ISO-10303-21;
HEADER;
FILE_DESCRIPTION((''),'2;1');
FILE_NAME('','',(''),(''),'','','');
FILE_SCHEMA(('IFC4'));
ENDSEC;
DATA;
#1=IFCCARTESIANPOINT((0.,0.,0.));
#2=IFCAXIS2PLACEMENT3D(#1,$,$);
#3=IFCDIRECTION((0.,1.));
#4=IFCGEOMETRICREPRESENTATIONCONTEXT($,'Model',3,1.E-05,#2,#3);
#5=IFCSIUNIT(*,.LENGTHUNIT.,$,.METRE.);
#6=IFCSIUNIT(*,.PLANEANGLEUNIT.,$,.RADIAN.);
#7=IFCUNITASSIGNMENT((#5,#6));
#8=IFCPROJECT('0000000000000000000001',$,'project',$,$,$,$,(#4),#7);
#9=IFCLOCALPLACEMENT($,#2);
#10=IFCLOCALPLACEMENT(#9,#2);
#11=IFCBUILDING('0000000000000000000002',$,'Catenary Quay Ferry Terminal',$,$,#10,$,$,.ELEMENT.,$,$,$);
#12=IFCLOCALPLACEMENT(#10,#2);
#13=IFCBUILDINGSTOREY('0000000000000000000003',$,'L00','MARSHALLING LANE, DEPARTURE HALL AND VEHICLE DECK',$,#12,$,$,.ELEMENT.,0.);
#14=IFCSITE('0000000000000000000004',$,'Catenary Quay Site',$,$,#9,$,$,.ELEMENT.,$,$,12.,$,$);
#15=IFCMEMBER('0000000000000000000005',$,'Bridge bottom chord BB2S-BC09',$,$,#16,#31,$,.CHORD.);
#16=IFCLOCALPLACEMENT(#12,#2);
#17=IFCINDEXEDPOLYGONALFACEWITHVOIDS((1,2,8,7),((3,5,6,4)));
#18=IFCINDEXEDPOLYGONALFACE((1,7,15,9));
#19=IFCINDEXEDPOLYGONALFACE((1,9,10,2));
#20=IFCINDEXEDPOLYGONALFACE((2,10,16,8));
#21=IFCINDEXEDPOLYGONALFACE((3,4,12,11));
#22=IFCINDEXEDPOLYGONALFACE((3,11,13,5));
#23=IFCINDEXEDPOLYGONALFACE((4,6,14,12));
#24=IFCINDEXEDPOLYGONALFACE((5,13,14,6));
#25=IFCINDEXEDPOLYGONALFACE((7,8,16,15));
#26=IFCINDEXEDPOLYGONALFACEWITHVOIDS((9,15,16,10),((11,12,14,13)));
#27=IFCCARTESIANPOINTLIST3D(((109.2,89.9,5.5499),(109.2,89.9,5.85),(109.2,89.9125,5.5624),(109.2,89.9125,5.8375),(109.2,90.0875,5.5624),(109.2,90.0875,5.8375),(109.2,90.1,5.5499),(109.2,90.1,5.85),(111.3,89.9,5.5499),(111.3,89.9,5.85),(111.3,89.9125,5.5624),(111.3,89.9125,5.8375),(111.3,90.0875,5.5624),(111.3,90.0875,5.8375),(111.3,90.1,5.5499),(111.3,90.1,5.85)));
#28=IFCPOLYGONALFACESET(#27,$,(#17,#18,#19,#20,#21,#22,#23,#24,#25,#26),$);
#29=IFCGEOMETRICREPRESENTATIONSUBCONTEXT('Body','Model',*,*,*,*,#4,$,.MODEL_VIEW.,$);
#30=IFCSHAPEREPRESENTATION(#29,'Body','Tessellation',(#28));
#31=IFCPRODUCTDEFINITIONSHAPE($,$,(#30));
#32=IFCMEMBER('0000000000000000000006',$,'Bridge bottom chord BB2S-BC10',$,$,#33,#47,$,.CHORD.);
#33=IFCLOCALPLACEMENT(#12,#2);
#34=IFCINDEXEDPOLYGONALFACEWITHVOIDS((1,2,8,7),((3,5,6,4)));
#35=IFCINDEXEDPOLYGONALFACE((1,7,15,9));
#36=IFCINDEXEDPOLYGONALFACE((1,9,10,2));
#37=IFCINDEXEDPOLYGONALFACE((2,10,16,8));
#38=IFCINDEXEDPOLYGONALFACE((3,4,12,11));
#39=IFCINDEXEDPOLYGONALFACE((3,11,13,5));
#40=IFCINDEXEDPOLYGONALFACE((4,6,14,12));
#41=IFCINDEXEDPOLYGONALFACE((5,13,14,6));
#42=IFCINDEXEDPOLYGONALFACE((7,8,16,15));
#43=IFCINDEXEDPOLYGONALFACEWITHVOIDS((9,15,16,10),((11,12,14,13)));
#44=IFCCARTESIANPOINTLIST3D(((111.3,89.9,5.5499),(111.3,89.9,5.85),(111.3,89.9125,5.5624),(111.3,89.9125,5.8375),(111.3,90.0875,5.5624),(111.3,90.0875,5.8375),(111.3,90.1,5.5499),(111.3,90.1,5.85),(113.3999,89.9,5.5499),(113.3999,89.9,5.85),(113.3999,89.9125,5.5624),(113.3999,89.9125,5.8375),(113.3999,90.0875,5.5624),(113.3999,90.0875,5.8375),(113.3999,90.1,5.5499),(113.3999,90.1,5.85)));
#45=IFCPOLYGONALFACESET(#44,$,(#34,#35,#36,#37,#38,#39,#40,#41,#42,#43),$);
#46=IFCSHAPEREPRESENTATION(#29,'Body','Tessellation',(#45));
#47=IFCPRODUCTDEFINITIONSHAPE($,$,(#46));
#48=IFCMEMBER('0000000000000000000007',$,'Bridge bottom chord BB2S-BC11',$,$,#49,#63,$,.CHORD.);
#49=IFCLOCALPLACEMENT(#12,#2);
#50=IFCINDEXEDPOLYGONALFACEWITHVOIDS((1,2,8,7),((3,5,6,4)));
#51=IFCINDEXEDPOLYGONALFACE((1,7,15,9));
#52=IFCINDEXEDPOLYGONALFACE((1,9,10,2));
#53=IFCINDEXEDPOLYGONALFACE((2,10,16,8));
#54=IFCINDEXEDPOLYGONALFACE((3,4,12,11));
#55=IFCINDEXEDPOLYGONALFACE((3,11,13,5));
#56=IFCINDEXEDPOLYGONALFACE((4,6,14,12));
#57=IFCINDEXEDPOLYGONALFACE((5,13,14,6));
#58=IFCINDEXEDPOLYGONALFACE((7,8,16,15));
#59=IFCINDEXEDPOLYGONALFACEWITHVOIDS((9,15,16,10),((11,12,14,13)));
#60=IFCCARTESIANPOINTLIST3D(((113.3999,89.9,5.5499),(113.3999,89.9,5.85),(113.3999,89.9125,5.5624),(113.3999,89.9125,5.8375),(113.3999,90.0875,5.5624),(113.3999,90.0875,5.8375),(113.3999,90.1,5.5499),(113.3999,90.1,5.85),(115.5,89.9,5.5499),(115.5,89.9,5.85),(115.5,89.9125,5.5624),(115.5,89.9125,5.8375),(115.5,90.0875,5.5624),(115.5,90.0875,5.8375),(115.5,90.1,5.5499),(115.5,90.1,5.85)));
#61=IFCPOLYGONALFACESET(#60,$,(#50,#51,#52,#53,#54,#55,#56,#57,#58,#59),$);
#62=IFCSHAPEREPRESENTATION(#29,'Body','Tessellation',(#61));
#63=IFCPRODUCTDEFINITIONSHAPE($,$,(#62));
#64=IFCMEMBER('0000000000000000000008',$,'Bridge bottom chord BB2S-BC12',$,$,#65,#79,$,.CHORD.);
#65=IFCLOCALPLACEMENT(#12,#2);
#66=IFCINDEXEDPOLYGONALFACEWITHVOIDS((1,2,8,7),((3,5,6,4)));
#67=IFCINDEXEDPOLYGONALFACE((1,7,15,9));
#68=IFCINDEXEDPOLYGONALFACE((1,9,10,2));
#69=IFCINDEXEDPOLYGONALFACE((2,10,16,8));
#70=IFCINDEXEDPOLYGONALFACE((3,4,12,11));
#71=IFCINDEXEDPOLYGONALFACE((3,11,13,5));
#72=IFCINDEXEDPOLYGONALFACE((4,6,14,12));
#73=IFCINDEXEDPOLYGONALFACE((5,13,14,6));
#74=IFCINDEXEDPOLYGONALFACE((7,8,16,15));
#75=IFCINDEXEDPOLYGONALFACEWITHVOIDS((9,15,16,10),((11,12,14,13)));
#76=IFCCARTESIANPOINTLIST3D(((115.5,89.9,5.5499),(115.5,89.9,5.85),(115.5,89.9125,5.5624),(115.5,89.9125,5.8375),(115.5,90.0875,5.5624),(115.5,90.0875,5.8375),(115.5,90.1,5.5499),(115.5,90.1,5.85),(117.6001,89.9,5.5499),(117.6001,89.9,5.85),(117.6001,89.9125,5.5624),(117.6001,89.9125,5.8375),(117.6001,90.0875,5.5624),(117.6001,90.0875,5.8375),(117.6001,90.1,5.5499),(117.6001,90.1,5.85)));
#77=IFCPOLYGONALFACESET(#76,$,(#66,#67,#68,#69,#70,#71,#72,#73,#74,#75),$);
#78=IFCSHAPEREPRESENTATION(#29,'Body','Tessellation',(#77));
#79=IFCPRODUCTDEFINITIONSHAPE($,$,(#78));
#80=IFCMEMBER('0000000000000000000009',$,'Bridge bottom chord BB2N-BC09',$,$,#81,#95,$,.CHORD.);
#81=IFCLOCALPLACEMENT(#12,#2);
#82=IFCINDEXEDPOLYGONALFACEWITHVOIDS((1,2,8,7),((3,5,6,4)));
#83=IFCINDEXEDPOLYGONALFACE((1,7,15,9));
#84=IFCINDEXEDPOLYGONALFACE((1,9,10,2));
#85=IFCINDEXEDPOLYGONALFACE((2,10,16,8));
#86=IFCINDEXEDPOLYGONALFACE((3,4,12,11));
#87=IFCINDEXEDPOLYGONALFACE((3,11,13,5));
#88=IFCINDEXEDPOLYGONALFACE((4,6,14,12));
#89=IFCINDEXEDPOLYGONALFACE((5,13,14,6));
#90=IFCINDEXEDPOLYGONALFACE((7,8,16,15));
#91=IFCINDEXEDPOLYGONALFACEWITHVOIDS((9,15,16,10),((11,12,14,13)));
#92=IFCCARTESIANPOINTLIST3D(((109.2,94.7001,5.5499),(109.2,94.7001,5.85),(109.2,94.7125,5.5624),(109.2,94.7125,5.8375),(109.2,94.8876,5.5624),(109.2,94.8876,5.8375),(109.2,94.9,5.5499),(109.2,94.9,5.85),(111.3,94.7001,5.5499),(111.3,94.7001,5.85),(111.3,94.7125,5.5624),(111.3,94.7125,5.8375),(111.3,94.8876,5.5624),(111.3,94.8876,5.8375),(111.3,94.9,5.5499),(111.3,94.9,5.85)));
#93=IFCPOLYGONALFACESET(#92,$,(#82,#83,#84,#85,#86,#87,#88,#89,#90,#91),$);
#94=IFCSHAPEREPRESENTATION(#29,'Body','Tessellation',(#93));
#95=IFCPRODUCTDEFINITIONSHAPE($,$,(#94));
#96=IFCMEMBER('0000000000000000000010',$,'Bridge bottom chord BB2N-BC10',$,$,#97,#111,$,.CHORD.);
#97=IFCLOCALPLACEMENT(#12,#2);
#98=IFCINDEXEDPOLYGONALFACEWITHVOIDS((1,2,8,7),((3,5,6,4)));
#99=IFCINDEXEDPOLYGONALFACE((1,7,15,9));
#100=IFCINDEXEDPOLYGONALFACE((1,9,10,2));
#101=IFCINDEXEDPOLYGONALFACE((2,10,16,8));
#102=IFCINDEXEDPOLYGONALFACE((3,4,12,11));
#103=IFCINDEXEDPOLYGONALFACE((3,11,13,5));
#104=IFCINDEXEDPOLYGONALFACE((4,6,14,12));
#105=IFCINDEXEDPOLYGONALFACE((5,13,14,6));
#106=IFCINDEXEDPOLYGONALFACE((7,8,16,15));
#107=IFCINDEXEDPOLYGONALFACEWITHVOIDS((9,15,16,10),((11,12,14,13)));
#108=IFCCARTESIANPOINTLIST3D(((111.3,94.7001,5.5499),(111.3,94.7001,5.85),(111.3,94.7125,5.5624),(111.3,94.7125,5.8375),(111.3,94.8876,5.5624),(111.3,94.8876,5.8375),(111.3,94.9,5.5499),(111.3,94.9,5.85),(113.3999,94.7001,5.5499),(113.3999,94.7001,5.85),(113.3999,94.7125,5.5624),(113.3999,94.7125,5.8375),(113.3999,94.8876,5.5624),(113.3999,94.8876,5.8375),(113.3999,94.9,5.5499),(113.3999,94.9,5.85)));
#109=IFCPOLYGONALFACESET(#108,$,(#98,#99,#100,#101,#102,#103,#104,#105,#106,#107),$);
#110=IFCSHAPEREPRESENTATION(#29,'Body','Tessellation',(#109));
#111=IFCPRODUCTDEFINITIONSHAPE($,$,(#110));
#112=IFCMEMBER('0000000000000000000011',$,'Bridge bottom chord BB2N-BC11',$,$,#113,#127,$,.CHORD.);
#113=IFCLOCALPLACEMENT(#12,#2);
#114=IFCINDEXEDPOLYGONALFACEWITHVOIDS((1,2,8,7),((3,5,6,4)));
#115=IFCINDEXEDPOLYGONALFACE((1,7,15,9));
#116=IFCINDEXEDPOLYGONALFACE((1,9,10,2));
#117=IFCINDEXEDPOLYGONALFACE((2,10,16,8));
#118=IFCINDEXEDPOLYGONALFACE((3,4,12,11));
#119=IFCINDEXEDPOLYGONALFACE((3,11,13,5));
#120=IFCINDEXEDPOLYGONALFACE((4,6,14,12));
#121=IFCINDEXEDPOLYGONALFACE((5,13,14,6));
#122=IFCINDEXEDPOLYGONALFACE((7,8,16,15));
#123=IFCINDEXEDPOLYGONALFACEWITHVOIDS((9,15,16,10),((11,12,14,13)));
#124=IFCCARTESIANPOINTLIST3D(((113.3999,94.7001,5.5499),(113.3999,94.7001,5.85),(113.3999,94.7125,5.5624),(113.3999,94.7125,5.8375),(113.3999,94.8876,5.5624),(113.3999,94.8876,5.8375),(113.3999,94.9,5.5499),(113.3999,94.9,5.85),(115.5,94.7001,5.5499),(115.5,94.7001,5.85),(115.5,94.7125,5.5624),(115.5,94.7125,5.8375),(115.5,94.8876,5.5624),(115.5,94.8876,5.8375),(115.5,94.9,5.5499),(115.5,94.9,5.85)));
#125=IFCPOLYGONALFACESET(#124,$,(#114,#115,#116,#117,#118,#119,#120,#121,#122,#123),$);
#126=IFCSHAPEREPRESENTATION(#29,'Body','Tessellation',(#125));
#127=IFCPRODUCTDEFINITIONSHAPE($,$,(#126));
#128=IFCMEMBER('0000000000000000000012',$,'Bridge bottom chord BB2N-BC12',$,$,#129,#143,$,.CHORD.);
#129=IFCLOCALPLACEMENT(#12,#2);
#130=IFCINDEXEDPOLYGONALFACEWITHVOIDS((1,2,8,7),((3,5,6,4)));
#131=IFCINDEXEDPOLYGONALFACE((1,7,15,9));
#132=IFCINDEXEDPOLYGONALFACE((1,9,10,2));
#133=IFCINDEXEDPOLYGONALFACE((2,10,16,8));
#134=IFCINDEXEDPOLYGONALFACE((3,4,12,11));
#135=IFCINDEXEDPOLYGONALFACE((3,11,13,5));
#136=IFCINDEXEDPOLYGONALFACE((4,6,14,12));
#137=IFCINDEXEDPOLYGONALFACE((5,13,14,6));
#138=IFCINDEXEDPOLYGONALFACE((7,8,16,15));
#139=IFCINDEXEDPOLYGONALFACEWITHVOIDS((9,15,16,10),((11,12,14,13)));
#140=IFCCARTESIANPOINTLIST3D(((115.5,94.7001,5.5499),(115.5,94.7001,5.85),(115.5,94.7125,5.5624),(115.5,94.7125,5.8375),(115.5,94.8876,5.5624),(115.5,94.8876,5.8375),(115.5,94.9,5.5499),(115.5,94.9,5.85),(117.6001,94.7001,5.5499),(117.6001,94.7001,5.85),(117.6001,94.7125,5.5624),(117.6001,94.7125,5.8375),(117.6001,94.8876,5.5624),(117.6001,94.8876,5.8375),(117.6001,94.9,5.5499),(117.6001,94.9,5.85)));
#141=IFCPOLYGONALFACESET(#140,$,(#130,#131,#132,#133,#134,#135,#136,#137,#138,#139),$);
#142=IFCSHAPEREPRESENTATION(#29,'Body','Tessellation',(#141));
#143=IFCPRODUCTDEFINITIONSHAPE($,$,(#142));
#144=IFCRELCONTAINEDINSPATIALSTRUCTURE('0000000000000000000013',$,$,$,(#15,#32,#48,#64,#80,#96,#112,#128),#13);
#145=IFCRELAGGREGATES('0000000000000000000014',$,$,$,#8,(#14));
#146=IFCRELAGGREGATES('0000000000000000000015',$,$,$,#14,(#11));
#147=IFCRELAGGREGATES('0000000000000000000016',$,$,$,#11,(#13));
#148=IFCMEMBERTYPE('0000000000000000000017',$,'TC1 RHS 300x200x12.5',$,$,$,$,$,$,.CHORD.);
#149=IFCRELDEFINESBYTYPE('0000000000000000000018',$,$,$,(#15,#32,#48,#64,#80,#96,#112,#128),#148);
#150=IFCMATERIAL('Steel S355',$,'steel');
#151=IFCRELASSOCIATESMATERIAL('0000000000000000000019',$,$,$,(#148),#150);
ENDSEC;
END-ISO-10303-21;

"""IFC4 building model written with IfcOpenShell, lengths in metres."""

from ifc_helpers import new_model, si_unit, direction, frame, origin, origin_2d, place, context, subcontext, project, spatial, hollow_rectangle, extrude, material, material_profile, profile_set, type_object, element, save


model = new_model("IFC4")

# Units and contexts
model_context = context("Model", 3, precision=1e-05, world=origin(), true_north=direction((0.0, 1.0)))
body_context = subcontext(model_context, "Body", "Model", "MODEL_VIEW")
ifc_project = project(units=[si_unit("LENGTHUNIT", "METRE"), si_unit("PLANEANGLEUNIT", "RADIAN")], contexts=[model_context])

# Site, building, storey
site_placement = place(None, origin())
site = spatial("IfcSite", under=ifc_project, at=site_placement, Name="Catenary Quay Site", CompositionType="ELEMENT", RefElevation=12.0)
building_placement = place(site_placement, origin())
building = spatial("IfcBuilding", under=site, at=building_placement, Name="Catenary Quay Ferry Terminal", CompositionType="ELEMENT")
storey_placement = place(building_placement, origin())
storey = spatial("IfcBuildingStorey", under=building, at=storey_placement, Name="L00", Description="MARSHALLING LANE, DEPARTURE HALL AND VEHICLE DECK", CompositionType="ELEMENT", Elevation=0.0)

# Members
ifc_material_1 = material(Name="Steel S355", Category="steel")
ifc_material_profile_1 = material_profile(ifc_material_1, hollow_rectangle(XDim=0.2, YDim=0.3, WallThickness=0.0125, at=origin_2d()), Name="RHS 300x200x12.5")
ifc_profile_set_1 = profile_set([ifc_material_profile_1], Name="Steel S355")
member_type_1 = type_object("IfcMemberType", Name="TC1 RHS 300x200x12.5", PredefinedType="CHORD", material=ifc_profile_set_1)
member_1_placement = place(storey_placement, frame((109.2, 90.0, 5.7), z_axis=(1.0, 0.0, 0.0), x_axis=(0.0, 1.0, 0.0)))
element("IfcMember", 1, at=member_1_placement, inside=storey, type_object=member_type_1, Name="Bridge bottom chord BB2S-BC09", PredefinedType="CHORD", context=body_context, shape_type="SweptSolid", body=[
    extrude(hollow_rectangle(XDim=0.2, YDim=0.3, WallThickness=0.0125, at=origin_2d()), origin(), (0.0, 0.0, 1.0), 2.1001),
])
member_2_placement = place(storey_placement, frame((111.3, 90.0, 5.7), z_axis=(1.0, 0.0, 0.0), x_axis=(0.0, 1.0, 0.0)))
element("IfcMember", 2, at=member_2_placement, inside=storey, type_object=member_type_1, Name="Bridge bottom chord BB2S-BC10", PredefinedType="CHORD", context=body_context, shape_type="SweptSolid", body=[
    extrude(hollow_rectangle(XDim=0.2, YDim=0.3, WallThickness=0.0125, at=origin_2d()), origin(), (0.0, 0.0, 1.0), 2.0999),
])
for number, where, z_axis, x_axis, name in (
    (3, (113.3999, 90.0, 5.7), (1.0, 0.0, 0.0), (0.0, 1.0, 0.0), "Bridge bottom chord BB2S-BC11"),
    (4, (115.5, 90.0, 5.7), (1.0, 0.0, 0.0), (0.0, 1.0, 0.0), "Bridge bottom chord BB2S-BC12"),
    (5, (109.2, 94.8, 5.7), (1.0, 0.0, 0.0), (0.0, 1.0, 0.0), "Bridge bottom chord BB2N-BC09"),
):
    element("IfcMember", number, at=place(storey_placement, frame(where, z_axis=z_axis, x_axis=x_axis)), inside=storey, type_object=member_type_1, Name=name, PredefinedType="CHORD", context=body_context, shape_type="SweptSolid", body=[
        extrude(hollow_rectangle(XDim=0.2, YDim=0.3, WallThickness=0.0125, at=origin_2d()), origin(), (0.0, 0.0, 1.0), 2.1001),
    ])
member_3_placement = place(storey_placement, frame((111.3, 94.8, 5.7), z_axis=(1.0, 0.0, 0.0), x_axis=(0.0, 1.0, 0.0)))
element("IfcMember", 6, at=member_3_placement, inside=storey, type_object=member_type_1, Name="Bridge bottom chord BB2N-BC10", PredefinedType="CHORD", context=body_context, shape_type="SweptSolid", body=[
    extrude(hollow_rectangle(XDim=0.2, YDim=0.3, WallThickness=0.0125, at=origin_2d()), origin(), (0.0, 0.0, 1.0), 2.0999),
])
for number, where, z_axis, x_axis, name in (
    (7, (113.3999, 94.8, 5.7), (1.0, 0.0, 0.0), (0.0, 1.0, 0.0), "Bridge bottom chord BB2N-BC11"),
    (8, (115.5, 94.8, 5.7), (1.0, 0.0, 0.0), (0.0, 1.0, 0.0), "Bridge bottom chord BB2N-BC12"),
):
    element("IfcMember", number, at=place(storey_placement, frame(where, z_axis=z_axis, x_axis=x_axis)), inside=storey, type_object=member_type_1, Name=name, PredefinedType="CHORD", context=body_context, shape_type="SweptSolid", body=[
        extrude(hollow_rectangle(XDim=0.2, YDim=0.3, WallThickness=0.0125, at=origin_2d()), origin(), (0.0, 0.0, 1.0), 2.1001),
    ])

save(model, "model.ifc")
